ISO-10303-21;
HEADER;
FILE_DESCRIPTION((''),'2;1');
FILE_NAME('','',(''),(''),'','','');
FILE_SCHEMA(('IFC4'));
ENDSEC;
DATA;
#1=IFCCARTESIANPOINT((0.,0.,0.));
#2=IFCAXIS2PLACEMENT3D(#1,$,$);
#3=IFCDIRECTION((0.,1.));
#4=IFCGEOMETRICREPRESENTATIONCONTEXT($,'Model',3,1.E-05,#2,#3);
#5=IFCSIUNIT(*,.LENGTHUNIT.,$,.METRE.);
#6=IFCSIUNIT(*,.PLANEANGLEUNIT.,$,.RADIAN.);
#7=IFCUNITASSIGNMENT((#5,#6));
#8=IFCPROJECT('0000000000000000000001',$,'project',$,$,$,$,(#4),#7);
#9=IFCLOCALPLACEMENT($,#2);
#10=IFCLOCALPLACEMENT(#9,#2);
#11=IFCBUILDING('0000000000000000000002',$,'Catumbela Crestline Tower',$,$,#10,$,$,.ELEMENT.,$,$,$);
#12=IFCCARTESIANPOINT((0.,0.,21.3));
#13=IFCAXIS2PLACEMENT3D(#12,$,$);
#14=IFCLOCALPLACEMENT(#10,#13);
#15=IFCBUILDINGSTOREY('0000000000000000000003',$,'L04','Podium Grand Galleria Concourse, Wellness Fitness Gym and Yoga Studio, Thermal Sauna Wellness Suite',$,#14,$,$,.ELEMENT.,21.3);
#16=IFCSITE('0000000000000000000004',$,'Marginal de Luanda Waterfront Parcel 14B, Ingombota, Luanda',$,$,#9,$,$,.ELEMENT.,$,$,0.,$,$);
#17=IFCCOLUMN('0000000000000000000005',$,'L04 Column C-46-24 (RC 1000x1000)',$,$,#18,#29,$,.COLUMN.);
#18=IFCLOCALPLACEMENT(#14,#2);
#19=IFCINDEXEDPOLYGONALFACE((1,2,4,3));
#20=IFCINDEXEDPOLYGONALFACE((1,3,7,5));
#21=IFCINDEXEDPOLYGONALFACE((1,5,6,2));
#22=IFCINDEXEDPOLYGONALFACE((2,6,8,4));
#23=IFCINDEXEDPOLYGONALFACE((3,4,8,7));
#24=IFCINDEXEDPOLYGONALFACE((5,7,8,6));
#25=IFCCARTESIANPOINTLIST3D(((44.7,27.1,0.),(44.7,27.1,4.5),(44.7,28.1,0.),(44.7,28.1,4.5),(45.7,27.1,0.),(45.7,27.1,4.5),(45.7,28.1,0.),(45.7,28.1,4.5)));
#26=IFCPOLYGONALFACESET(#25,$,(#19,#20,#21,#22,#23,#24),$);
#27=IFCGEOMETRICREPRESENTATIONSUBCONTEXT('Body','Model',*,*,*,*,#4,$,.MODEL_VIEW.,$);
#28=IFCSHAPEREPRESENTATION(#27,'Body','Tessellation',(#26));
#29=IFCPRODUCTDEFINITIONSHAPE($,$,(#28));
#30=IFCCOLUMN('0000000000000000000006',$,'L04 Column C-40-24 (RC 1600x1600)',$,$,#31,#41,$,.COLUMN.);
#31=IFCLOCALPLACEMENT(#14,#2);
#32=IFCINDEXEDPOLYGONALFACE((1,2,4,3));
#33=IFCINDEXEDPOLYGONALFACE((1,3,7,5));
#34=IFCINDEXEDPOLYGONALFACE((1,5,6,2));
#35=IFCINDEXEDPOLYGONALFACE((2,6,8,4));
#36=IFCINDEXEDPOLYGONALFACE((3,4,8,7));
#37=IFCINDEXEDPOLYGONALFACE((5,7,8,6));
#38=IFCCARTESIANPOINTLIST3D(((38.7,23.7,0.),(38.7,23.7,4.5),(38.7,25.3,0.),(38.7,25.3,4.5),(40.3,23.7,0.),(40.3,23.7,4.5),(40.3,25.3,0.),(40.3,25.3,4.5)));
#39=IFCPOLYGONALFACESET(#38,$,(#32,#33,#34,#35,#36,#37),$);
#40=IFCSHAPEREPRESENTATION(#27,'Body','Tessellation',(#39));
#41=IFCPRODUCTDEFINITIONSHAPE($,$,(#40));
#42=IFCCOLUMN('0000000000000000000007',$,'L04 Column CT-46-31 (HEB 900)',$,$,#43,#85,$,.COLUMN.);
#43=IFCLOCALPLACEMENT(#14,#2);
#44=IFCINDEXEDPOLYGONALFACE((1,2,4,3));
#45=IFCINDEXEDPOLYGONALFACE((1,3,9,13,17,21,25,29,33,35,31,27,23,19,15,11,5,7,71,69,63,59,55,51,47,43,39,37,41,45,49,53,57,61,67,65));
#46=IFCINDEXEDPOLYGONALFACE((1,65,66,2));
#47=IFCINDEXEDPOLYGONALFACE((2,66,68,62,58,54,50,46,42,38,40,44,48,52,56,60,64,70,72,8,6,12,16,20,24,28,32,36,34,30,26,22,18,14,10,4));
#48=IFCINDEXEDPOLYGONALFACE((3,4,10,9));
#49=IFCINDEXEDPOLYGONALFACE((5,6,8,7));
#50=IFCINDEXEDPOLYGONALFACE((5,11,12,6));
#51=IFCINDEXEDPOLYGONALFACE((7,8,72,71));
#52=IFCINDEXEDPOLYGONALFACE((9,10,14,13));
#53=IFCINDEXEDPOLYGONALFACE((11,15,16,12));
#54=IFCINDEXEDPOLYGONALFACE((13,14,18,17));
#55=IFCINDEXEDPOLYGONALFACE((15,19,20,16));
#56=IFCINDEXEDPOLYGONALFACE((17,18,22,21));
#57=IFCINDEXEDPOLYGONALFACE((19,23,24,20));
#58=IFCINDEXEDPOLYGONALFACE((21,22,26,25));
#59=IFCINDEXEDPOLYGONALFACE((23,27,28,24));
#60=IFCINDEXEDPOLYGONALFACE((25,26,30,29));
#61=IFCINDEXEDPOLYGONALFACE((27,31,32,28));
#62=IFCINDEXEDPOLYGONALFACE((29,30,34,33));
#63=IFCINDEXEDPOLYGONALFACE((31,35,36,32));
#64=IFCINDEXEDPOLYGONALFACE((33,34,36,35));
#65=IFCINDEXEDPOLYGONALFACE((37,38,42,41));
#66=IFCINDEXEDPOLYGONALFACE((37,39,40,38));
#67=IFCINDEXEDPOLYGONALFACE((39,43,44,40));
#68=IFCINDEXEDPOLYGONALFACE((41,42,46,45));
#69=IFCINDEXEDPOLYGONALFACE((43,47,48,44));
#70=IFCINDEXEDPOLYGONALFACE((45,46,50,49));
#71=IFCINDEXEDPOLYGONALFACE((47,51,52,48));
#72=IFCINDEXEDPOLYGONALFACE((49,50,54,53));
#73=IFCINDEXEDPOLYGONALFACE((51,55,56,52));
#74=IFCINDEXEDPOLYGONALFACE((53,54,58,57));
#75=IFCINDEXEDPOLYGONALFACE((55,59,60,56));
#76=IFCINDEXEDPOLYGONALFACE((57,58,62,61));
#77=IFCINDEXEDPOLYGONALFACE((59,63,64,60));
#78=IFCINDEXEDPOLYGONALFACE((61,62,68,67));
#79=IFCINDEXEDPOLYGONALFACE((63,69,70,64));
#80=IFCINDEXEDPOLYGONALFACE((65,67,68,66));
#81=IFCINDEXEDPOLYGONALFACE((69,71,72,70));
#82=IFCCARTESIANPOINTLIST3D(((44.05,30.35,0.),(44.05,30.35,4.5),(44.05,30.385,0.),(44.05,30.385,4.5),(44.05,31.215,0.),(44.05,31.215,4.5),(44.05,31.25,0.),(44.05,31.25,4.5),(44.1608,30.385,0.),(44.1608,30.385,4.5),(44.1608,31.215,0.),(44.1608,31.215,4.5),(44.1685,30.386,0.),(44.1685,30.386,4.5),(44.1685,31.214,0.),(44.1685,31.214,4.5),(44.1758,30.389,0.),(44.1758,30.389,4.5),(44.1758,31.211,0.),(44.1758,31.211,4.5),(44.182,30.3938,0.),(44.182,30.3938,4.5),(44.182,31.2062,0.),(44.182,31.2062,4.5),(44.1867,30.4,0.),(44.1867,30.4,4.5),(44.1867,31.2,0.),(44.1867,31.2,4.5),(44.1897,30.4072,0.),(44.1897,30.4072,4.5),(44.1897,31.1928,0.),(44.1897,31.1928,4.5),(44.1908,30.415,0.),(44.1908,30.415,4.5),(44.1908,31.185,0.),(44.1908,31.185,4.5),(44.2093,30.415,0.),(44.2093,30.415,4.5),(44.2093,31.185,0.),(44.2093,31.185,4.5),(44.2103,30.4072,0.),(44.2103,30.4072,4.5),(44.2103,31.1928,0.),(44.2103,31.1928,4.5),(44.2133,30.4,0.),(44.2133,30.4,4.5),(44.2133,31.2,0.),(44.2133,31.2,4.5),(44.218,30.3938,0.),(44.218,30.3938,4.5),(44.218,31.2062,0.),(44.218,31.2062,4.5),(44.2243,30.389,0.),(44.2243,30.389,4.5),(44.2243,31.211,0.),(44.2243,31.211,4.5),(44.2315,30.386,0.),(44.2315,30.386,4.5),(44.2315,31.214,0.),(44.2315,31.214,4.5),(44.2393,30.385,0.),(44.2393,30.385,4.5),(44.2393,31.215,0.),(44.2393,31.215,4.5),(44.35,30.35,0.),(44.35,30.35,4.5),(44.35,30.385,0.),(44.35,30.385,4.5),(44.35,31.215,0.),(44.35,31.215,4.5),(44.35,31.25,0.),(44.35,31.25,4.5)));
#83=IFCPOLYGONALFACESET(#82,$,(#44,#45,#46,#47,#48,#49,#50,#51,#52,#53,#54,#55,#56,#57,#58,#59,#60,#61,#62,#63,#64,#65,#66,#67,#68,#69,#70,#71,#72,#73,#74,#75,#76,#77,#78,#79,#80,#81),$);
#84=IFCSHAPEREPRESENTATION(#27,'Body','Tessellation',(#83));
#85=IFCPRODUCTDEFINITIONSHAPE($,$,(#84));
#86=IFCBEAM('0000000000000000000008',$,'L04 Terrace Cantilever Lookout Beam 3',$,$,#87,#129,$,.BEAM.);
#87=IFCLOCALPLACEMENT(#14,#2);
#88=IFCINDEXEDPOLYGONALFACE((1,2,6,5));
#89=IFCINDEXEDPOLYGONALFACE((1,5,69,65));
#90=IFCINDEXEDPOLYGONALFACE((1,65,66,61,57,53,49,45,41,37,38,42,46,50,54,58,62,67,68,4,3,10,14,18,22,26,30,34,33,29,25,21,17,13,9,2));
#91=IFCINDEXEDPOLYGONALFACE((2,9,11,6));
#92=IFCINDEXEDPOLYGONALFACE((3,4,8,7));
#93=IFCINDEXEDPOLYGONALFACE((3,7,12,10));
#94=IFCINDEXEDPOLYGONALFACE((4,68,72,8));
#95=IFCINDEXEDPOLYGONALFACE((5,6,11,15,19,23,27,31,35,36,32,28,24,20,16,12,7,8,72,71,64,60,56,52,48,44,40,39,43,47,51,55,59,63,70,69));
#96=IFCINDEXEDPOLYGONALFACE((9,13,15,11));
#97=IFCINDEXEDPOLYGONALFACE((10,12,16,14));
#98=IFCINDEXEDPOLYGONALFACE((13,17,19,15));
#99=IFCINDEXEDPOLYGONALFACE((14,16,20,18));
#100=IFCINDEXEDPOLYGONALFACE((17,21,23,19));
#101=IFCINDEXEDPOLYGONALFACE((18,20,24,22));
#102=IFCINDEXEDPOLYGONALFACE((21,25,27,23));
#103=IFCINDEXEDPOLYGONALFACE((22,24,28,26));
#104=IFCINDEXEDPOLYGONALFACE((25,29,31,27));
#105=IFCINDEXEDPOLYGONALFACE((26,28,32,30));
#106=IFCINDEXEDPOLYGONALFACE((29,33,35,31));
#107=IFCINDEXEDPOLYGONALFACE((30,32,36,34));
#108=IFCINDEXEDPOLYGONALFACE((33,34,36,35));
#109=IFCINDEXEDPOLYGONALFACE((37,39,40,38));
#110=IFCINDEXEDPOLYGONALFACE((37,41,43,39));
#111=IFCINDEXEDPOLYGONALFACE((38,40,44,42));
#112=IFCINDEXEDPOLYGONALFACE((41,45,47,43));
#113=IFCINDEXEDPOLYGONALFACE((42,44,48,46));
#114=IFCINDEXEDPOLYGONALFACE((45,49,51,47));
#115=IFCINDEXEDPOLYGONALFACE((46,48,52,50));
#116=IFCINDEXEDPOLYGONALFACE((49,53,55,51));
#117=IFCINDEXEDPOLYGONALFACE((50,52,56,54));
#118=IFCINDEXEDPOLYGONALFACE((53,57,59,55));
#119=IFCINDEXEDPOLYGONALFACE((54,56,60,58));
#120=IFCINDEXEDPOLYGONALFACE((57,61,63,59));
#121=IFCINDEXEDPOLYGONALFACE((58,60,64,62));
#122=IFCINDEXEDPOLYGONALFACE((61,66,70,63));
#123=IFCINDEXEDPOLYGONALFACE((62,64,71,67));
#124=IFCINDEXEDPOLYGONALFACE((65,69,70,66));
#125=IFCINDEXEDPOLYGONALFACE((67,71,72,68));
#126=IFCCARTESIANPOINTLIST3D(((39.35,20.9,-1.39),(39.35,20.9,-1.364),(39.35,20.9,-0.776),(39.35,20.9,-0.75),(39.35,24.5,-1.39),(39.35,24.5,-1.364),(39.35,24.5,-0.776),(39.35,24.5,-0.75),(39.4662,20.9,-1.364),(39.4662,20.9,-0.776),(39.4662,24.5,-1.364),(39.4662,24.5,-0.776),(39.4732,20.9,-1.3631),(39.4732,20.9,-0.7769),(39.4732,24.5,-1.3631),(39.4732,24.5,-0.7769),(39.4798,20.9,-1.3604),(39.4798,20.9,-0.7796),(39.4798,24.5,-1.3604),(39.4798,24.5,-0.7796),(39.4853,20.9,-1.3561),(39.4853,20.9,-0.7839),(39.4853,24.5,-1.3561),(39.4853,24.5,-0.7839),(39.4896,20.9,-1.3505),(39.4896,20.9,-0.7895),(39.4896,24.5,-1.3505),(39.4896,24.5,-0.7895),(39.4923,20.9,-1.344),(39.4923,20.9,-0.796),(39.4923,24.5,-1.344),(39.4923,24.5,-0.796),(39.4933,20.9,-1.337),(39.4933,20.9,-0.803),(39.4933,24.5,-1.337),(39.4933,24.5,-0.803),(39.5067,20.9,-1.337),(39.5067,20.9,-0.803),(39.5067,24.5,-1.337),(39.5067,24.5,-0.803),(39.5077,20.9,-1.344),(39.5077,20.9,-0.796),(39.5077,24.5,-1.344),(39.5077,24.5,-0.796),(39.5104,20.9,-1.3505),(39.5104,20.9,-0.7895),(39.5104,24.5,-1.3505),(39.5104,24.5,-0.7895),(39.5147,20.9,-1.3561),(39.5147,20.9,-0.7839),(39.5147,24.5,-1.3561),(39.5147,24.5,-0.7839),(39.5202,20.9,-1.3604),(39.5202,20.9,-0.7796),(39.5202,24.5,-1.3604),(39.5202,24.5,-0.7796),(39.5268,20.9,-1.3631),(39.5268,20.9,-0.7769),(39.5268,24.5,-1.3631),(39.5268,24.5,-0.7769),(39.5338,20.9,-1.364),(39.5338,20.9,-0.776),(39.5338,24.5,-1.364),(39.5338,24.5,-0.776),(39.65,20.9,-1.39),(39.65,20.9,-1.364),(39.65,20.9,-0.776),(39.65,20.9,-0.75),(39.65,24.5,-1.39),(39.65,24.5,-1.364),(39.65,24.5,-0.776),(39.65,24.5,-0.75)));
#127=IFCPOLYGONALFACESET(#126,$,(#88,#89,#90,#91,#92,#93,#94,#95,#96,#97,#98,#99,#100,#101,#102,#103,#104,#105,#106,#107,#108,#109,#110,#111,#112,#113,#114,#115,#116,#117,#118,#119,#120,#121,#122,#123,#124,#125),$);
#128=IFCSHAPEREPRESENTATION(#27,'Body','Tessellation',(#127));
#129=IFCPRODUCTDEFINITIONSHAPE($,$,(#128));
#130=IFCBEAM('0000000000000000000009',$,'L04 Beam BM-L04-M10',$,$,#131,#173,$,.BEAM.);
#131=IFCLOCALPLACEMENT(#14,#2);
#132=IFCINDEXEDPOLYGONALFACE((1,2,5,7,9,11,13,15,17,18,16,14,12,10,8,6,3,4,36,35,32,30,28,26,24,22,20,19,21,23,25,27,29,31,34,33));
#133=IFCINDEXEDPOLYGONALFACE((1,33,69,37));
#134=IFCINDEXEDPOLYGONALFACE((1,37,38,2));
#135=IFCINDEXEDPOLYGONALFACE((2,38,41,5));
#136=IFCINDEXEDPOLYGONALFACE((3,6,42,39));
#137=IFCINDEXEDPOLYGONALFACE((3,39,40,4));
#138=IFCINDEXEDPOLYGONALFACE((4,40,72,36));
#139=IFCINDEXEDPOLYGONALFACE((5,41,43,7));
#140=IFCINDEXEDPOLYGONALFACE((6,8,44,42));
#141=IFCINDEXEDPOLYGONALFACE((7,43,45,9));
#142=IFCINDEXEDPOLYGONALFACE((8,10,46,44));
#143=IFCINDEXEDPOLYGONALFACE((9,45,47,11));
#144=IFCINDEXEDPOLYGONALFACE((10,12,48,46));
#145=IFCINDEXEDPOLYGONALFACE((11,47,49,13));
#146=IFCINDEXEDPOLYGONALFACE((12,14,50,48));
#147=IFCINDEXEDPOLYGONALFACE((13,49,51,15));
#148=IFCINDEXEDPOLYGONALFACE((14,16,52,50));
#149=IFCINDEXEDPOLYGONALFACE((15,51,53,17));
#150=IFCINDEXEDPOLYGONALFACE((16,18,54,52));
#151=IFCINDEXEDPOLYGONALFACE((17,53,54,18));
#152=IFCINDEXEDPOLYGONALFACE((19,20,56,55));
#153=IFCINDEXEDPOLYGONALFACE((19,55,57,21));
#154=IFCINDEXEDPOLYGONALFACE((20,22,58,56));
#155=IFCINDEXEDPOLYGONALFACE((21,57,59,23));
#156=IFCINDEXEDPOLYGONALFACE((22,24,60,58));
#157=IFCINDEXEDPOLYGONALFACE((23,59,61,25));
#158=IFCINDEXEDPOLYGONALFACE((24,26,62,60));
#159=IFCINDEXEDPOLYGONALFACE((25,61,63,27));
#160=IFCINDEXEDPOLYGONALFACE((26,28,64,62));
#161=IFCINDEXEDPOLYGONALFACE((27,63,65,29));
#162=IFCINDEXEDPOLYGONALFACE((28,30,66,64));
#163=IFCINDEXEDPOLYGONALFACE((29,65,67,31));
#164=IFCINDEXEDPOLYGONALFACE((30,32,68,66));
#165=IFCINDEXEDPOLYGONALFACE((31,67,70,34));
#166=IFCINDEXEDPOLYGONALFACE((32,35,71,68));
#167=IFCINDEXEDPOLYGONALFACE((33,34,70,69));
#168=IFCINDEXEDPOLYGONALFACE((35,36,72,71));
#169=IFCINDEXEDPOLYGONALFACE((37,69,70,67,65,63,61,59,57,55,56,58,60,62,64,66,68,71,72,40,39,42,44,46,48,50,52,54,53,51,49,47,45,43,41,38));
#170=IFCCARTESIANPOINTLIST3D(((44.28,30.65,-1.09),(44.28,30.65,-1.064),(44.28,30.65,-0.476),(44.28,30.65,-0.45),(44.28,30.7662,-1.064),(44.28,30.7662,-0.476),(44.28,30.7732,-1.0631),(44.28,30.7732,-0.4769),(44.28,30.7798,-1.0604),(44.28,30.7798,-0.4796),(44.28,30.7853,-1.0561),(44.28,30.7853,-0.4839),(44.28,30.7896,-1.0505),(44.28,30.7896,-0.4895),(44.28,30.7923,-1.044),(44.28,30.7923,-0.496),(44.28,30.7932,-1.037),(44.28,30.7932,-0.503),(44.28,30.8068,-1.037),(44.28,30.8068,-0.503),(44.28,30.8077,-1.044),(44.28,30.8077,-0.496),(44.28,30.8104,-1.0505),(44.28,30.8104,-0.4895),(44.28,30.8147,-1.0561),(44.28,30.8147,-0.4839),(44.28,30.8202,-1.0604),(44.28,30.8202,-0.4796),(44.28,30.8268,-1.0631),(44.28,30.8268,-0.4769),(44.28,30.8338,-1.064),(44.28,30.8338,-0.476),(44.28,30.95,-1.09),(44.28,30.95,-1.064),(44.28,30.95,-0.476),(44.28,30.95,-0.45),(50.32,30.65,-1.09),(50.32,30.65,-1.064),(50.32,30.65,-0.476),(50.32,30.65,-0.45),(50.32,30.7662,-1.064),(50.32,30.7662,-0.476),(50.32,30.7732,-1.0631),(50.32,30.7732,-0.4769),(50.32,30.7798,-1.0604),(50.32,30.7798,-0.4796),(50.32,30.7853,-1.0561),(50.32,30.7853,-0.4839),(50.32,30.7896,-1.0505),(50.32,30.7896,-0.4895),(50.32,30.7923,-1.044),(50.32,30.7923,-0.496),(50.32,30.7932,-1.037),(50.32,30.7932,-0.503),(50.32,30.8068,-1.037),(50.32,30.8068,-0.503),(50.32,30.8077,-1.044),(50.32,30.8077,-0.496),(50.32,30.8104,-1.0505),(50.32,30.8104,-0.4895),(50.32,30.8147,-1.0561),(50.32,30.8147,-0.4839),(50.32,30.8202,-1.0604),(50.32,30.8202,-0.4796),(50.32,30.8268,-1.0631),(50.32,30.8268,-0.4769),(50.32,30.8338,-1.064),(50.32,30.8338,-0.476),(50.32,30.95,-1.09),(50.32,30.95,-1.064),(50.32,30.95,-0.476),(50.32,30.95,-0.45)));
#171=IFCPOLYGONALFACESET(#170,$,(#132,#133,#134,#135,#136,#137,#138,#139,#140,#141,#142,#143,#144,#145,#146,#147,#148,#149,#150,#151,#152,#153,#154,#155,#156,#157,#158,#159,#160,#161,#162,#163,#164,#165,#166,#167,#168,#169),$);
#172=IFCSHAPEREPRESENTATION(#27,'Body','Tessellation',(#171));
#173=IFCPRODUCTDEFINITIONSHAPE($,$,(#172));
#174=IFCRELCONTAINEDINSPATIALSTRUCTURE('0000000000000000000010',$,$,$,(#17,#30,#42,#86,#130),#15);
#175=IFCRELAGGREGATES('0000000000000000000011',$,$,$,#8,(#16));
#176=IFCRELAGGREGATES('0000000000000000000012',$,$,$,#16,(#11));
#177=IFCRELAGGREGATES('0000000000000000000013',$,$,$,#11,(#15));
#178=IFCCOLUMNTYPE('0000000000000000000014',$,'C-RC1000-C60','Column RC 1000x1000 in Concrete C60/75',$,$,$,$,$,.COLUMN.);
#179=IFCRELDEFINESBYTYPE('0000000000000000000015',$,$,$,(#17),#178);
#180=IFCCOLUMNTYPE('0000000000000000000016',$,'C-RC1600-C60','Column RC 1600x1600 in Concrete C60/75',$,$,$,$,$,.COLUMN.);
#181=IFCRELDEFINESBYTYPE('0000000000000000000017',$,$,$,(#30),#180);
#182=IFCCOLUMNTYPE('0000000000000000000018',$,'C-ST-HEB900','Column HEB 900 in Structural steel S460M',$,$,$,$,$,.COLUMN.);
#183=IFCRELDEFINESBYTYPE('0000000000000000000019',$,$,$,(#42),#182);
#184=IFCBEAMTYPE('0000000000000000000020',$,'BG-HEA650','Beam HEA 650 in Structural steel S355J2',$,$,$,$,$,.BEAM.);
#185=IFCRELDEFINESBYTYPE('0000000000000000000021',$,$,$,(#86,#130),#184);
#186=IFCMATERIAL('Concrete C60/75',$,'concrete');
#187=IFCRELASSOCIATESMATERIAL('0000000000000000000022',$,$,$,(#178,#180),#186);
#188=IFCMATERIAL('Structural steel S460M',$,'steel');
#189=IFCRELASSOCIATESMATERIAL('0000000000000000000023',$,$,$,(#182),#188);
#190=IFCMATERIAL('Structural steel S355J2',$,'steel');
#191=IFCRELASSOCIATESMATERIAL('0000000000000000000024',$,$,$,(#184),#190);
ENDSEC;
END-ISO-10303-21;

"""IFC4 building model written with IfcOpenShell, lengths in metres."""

from ifc_helpers import new_model, si_unit, direction, frame, origin, origin_2d, place, context, subcontext, project, spatial, rectangle, i_section, extrude, material, material_profile, profile_set, type_object, element, save


model = new_model("IFC4")

# Units and contexts
model_context = context("Model", 3, precision=1e-05, world=origin(), true_north=direction((0.0, 1.0)))
body_context = subcontext(model_context, "Body", "Model", "MODEL_VIEW")
ifc_project = project(units=[si_unit("LENGTHUNIT", "METRE"), si_unit("PLANEANGLEUNIT", "RADIAN")], contexts=[model_context])

# Site, building, storey
site_placement = place(None, origin())
site = spatial("IfcSite", under=ifc_project, at=site_placement, Name="Marginal de Luanda Waterfront Parcel 14B, Ingombota, Luanda", CompositionType="ELEMENT", RefElevation=0.0)
building_placement = place(site_placement, origin())
building = spatial("IfcBuilding", under=site, at=building_placement, Name="Catumbela Crestline Tower", CompositionType="ELEMENT")
storey_placement = place(building_placement, frame((0.0, 0.0, 21.3)))
storey = spatial("IfcBuildingStorey", under=building, at=storey_placement, Name="L04", Description="Podium Grand Galleria Concourse, Wellness Fitness Gym and Yoga Studio, Thermal Sauna Wellness Suite", CompositionType="ELEMENT", Elevation=21.3)

# Columns
ifc_material_1 = material(Name="Concrete C60/75", Category="concrete")
ifc_material_profile_1 = material_profile(ifc_material_1, rectangle(XDim=1.0, YDim=1.0, at=origin_2d()), Name="RC 1000x1000")
ifc_profile_set_1 = profile_set([ifc_material_profile_1], Name="Concrete C60/75")
column_type_1 = type_object("IfcColumnType", Name="C-RC1000-C60", Description="Column RC 1000x1000 in Concrete C60/75", PredefinedType="COLUMN", material=ifc_profile_set_1)
column_1_placement = place(storey_placement, frame((45.2, 27.6, 0.0), z_axis=(0.0, 0.0, 1.0), x_axis=(1.0, 0.0, 0.0)))
element("IfcColumn", 1, at=column_1_placement, inside=storey, type_object=column_type_1, Name="L04 Column C-46-24 (RC 1000x1000)", PredefinedType="COLUMN", context=body_context, shape_type="SweptSolid", body=[
    extrude(rectangle(XDim=1.0, YDim=1.0, at=origin_2d()), origin(), (0.0, 0.0, 1.0), 4.5),
])
ifc_material_profile_2 = material_profile(ifc_material_1, rectangle(XDim=1.6, YDim=1.6, at=origin_2d()), Name="RC 1600x1600")
ifc_profile_set_2 = profile_set([ifc_material_profile_2], Name="Concrete C60/75")
column_type_2 = type_object("IfcColumnType", Name="C-RC1600-C60", Description="Column RC 1600x1600 in Concrete C60/75", PredefinedType="COLUMN", material=ifc_profile_set_2)
column_2_placement = place(storey_placement, frame((39.5, 24.5, 0.0), z_axis=(0.0, 0.0, 1.0), x_axis=(1.0, 0.0, 0.0)))
element("IfcColumn", 2, at=column_2_placement, inside=storey, type_object=column_type_2, Name="L04 Column C-40-24 (RC 1600x1600)", PredefinedType="COLUMN", context=body_context, shape_type="SweptSolid", body=[
    extrude(rectangle(XDim=1.6, YDim=1.6, at=origin_2d()), origin(), (0.0, 0.0, 1.0), 4.5),
])
ifc_material_2 = material(Name="Structural steel S460M", Category="steel")
ifc_material_profile_3 = material_profile(ifc_material_2, i_section(OverallWidth=0.3, OverallDepth=0.9, WebThickness=0.0185, FlangeThickness=0.035, FilletRadius=0.03, at=origin_2d()), Name="HEB 900")
ifc_profile_set_3 = profile_set([ifc_material_profile_3], Name="Structural steel S460M")
column_type_3 = type_object("IfcColumnType", Name="C-ST-HEB900", Description="Column HEB 900 in Structural steel S460M", PredefinedType="COLUMN", material=ifc_profile_set_3)
column_3_placement = place(storey_placement, frame((44.2, 30.8, 0.0), z_axis=(0.0, 0.0, 1.0), x_axis=(1.0, 0.0, 0.0)))
element("IfcColumn", 3, at=column_3_placement, inside=storey, type_object=column_type_3, Name="L04 Column CT-46-31 (HEB 900)", PredefinedType="COLUMN", context=body_context, shape_type="SweptSolid", body=[
    extrude(i_section(OverallWidth=0.3, OverallDepth=0.9, WebThickness=0.0185, FlangeThickness=0.035, FilletRadius=0.03, at=origin_2d()), origin(), (0.0, 0.0, 1.0), 4.5),
])

# Beams
ifc_material_3 = material(Name="Structural steel S355J2", Category="steel")
ifc_material_profile_4 = material_profile(ifc_material_3, i_section(OverallWidth=0.3, OverallDepth=0.64, WebThickness=0.0135, FlangeThickness=0.026, FilletRadius=0.027, at=origin_2d()), Name="HEA 650")
ifc_profile_set_4 = profile_set([ifc_material_profile_4], Name="Structural steel S355J2")
beam_type_1 = type_object("IfcBeamType", Name="BG-HEA650", Description="Beam HEA 650 in Structural steel S355J2", PredefinedType="BEAM", material=ifc_profile_set_4)
beam_1_placement = place(storey_placement, frame((39.5, 24.5, -1.07), z_axis=(0.0, -1.0, 0.0), x_axis=(1.0, 0.0, 0.0)))
element("IfcBeam", 4, at=beam_1_placement, inside=storey, type_object=beam_type_1, Name="L04 Terrace Cantilever Lookout Beam 3", PredefinedType="BEAM", context=body_context, shape_type="SweptSolid", body=[
    extrude(i_section(OverallWidth=0.3, OverallDepth=0.64, WebThickness=0.0135, FlangeThickness=0.026, FilletRadius=0.027, at=origin_2d()), origin(), (0.0, 0.0, 1.0), 3.6),
])
beam_2_placement = place(storey_placement, frame((44.28, 30.8, -0.77), z_axis=(1.0, 0.0, 0.0), x_axis=(0.0, 1.0, 0.0)))
element("IfcBeam", 5, at=beam_2_placement, inside=storey, type_object=beam_type_1, Name="L04 Beam BM-L04-M10", PredefinedType="BEAM", context=body_context, shape_type="SweptSolid", body=[
    extrude(i_section(OverallWidth=0.3, OverallDepth=0.64, WebThickness=0.0135, FlangeThickness=0.026, FilletRadius=0.027, at=origin_2d()), origin(), (0.0, 0.0, 1.0), 6.04),
])

save(model, "model.ifc")
